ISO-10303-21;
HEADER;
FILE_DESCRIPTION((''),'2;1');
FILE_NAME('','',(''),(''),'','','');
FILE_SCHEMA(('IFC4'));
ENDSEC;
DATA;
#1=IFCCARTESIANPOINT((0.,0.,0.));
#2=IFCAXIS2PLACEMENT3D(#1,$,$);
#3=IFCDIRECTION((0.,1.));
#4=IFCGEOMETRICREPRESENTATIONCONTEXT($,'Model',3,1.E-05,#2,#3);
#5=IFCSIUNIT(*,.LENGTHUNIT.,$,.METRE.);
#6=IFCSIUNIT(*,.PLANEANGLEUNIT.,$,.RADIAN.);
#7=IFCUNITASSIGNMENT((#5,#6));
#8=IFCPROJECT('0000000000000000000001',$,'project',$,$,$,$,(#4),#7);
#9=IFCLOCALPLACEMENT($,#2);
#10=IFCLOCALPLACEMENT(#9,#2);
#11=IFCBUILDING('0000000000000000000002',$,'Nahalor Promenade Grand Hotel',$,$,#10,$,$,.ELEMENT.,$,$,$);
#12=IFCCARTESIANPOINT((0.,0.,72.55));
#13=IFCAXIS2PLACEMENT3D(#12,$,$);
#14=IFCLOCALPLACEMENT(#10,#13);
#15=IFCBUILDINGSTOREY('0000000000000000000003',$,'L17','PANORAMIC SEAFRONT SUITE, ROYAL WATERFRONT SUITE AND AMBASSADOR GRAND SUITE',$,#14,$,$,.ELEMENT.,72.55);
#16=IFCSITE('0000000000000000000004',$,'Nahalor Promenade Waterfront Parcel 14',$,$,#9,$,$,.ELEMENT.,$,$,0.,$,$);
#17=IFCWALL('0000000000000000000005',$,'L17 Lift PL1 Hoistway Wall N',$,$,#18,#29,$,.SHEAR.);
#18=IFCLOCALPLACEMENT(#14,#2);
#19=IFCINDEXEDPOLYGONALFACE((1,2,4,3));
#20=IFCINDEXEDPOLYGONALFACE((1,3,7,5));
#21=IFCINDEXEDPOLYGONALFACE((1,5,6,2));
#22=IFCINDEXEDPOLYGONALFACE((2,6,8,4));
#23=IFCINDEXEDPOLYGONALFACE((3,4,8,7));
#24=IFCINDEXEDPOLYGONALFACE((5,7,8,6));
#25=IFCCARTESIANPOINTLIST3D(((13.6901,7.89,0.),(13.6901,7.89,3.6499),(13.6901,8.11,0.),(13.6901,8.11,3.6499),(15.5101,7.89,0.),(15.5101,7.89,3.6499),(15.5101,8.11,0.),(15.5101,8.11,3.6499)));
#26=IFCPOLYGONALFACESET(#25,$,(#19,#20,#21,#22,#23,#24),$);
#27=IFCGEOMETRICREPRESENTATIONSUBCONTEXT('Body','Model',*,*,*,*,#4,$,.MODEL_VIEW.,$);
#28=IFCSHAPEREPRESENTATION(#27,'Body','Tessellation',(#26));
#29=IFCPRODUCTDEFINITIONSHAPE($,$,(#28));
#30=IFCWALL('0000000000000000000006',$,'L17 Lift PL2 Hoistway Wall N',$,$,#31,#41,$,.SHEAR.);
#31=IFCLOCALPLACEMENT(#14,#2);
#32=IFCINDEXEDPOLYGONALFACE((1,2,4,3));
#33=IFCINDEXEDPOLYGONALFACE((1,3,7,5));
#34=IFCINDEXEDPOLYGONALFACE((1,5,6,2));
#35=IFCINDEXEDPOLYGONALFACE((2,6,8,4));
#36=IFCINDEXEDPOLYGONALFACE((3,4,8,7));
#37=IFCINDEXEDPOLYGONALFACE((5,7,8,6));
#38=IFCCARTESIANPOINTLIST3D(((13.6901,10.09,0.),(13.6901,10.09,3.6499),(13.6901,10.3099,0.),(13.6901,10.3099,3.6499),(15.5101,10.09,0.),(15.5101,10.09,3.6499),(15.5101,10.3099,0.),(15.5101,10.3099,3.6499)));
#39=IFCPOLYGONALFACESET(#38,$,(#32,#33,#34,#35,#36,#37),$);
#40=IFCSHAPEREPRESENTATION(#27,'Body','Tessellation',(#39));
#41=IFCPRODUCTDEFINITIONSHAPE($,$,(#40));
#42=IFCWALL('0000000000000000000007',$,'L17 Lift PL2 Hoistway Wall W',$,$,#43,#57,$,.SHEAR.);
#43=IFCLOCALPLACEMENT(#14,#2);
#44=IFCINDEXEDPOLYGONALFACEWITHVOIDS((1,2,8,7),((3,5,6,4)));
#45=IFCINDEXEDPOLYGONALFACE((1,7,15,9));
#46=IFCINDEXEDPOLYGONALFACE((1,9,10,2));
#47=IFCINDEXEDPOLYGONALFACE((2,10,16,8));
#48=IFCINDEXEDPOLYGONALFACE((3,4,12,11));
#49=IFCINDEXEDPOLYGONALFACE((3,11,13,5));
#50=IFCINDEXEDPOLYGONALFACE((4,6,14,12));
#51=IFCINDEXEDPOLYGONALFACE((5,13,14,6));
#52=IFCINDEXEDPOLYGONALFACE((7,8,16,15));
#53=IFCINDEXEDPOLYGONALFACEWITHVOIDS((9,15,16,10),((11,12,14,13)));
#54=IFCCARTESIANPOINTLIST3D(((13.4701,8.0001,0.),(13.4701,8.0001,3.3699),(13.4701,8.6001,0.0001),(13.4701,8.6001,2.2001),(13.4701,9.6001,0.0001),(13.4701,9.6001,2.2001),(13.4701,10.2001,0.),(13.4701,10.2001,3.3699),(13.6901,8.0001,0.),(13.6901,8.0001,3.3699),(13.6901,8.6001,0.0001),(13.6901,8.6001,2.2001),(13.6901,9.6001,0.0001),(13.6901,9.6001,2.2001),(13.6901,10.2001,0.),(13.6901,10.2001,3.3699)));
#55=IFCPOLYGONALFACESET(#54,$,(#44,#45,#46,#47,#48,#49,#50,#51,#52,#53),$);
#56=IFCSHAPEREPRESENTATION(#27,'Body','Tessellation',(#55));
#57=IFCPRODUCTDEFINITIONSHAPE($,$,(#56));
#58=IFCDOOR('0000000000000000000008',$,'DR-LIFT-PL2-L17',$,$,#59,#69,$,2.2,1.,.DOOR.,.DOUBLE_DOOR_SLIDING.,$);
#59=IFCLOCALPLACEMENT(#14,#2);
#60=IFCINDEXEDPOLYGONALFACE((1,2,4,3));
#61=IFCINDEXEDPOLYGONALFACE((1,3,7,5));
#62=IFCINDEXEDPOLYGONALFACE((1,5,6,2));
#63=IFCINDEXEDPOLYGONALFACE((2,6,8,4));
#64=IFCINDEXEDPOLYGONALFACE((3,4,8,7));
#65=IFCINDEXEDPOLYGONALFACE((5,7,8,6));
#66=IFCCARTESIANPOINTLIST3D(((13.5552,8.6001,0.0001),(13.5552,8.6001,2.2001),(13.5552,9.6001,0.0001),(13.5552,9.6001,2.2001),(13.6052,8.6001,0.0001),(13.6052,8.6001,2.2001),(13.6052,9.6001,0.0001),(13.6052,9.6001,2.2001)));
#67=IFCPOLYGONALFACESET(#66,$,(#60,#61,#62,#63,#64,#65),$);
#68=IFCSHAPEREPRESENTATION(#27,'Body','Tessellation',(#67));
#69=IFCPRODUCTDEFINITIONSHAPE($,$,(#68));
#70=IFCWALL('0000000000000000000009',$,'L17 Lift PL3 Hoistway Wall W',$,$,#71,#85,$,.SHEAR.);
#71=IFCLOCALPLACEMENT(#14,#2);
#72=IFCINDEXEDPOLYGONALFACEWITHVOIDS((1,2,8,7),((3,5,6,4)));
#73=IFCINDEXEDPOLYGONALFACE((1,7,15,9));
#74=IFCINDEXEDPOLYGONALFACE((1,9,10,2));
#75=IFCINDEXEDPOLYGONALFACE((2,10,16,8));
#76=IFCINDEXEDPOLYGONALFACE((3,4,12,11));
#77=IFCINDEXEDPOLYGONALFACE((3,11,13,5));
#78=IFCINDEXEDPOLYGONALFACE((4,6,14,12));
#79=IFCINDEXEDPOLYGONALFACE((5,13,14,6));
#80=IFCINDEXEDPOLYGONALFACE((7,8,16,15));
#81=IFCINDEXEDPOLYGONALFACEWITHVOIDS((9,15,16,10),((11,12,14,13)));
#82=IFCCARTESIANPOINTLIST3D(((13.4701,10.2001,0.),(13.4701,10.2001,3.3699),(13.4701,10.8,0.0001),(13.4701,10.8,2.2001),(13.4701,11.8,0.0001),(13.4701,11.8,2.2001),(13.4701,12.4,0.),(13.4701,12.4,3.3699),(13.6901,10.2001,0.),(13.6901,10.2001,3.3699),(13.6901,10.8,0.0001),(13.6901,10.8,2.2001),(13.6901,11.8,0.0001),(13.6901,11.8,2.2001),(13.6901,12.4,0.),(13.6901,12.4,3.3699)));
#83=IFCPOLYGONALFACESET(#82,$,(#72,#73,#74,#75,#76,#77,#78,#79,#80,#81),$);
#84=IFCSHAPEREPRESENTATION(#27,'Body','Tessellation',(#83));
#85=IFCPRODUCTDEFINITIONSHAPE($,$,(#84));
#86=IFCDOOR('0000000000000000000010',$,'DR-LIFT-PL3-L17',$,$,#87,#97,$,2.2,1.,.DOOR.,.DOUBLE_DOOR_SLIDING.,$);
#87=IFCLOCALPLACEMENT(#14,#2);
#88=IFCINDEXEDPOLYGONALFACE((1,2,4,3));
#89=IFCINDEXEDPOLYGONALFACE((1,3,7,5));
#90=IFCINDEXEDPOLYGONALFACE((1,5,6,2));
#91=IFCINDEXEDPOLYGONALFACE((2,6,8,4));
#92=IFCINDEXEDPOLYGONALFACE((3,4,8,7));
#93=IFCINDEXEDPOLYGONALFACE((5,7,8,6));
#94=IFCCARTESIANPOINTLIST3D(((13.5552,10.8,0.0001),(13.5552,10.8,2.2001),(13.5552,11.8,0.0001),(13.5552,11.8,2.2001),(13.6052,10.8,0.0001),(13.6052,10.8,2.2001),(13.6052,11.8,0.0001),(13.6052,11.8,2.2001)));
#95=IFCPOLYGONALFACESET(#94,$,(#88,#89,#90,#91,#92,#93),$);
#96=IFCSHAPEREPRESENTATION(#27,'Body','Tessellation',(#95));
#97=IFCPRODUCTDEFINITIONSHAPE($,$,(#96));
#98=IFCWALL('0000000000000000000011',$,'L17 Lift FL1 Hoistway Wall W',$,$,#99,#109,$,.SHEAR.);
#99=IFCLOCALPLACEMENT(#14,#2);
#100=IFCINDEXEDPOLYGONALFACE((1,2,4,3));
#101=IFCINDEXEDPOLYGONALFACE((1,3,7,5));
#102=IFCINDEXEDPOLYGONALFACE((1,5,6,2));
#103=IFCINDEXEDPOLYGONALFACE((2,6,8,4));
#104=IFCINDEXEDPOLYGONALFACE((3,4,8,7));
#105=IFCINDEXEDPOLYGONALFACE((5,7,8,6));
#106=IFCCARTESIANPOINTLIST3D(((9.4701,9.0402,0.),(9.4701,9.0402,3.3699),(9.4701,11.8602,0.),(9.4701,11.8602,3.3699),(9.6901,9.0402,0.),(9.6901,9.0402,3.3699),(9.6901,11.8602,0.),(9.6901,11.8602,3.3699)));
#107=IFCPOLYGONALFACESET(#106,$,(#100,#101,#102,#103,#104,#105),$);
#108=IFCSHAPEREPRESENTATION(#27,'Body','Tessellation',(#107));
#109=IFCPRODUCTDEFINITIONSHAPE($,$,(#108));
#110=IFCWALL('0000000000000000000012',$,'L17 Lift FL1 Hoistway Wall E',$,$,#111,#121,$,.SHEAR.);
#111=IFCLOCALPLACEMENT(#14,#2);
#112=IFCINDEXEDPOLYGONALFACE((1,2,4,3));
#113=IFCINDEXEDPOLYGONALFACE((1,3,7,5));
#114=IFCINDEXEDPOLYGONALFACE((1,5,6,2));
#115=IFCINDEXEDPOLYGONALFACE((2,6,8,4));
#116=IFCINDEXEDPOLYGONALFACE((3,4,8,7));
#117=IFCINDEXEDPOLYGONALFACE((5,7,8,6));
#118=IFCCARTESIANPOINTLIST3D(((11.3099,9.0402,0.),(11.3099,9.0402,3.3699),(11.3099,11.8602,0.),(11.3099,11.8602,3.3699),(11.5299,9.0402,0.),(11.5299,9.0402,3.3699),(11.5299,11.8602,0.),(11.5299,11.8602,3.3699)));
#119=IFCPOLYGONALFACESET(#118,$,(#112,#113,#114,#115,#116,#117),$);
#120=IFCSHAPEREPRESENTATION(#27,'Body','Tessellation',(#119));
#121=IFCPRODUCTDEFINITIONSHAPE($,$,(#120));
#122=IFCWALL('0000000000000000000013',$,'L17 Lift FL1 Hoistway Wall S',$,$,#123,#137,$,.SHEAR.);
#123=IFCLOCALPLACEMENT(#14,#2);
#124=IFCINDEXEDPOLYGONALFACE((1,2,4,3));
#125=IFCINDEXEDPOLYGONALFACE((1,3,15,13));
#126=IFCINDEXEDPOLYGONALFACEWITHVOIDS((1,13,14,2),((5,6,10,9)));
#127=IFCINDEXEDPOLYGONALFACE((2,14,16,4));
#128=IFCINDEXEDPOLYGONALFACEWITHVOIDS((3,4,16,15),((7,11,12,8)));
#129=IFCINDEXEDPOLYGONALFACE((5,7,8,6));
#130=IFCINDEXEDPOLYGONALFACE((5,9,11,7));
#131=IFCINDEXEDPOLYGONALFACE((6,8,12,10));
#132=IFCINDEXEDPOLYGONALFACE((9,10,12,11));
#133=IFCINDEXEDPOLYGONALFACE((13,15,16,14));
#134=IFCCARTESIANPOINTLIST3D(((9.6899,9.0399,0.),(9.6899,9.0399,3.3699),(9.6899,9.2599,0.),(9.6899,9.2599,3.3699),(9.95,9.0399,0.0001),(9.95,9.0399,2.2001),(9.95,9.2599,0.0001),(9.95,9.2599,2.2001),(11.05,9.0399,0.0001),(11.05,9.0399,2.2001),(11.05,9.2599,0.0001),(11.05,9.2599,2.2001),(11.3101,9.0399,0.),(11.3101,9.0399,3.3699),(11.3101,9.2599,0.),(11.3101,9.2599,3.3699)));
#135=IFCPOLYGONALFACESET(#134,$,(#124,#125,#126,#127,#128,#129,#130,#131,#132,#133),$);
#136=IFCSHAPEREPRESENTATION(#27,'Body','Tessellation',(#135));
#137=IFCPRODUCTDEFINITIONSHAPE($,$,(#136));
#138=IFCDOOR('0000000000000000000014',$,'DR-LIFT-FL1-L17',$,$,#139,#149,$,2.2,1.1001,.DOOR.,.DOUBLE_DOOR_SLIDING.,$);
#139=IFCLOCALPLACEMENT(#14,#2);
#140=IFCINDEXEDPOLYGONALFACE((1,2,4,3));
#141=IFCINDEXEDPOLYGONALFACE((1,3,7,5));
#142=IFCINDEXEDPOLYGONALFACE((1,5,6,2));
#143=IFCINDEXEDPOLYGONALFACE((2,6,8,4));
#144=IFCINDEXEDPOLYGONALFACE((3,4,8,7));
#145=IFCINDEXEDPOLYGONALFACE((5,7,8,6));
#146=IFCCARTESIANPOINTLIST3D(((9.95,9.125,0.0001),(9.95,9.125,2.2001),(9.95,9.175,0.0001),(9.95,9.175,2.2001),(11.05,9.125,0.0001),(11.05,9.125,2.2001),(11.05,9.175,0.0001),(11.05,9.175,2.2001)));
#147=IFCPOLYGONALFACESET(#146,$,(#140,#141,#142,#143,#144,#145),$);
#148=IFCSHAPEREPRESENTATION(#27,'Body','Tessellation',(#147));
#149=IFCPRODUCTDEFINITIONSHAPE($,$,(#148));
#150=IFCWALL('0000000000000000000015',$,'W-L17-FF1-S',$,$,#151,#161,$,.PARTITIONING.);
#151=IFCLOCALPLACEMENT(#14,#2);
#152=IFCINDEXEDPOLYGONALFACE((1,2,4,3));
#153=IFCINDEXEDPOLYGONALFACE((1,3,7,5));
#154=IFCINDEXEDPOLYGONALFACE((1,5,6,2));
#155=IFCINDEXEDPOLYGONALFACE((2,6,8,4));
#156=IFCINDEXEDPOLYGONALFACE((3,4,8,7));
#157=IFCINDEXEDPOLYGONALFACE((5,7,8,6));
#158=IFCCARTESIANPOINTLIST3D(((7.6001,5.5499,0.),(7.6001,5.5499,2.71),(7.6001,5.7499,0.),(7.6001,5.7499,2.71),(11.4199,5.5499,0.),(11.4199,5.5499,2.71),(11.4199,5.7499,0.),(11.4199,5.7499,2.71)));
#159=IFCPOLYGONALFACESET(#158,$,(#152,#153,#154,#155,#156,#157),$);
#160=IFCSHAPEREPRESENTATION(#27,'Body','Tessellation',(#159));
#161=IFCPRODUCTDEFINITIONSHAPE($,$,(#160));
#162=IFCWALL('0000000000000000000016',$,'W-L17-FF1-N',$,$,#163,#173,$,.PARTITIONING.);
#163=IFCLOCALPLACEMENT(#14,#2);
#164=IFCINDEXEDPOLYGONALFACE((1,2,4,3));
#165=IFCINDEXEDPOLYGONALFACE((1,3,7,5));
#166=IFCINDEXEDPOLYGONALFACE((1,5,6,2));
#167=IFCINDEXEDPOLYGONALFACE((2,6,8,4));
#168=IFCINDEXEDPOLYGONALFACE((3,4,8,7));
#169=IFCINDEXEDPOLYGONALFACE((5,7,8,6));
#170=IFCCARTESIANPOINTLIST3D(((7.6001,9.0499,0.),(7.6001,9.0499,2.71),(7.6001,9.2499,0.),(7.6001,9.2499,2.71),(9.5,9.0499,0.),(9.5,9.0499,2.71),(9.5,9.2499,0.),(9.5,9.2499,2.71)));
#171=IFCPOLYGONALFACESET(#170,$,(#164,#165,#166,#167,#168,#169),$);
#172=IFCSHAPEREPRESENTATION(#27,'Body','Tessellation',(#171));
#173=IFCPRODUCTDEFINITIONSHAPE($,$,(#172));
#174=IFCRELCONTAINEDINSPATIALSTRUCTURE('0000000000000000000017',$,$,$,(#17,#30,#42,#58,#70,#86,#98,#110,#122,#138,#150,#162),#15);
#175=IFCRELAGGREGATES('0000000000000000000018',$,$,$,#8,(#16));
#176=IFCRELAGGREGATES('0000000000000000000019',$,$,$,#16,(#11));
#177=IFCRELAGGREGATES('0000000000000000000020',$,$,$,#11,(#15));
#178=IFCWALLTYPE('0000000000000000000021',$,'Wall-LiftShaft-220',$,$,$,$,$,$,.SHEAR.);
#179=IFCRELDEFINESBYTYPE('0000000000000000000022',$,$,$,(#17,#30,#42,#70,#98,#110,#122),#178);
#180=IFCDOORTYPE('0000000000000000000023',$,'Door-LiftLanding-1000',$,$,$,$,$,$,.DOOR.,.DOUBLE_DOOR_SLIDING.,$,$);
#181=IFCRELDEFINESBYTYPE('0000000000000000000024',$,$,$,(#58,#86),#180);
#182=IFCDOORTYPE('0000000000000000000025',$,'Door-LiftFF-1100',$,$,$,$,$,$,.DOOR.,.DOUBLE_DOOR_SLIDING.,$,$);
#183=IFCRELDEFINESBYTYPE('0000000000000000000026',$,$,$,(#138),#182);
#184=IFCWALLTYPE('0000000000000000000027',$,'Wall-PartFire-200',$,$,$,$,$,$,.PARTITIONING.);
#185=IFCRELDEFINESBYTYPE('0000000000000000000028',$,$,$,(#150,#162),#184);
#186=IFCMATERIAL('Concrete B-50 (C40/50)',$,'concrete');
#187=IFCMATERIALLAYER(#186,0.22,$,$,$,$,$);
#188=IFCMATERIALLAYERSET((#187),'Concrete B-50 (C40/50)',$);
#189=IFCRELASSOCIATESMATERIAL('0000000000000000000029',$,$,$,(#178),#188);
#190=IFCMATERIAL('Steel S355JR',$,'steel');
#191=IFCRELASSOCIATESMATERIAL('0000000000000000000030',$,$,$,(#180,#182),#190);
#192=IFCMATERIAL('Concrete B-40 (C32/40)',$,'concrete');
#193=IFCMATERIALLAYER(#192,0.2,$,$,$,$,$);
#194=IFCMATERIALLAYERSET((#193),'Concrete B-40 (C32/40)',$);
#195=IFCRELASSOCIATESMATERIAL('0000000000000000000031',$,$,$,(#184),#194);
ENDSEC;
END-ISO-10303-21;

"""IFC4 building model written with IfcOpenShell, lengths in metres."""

from ifc_helpers import new_model, si_unit, direction, frame, frame_2d, origin, place, context, subcontext, project, spatial, rectangle, extrude, source, transform, mapped, material, layer, layer_set, type_object, element, fill, save


model = new_model("IFC4")

# Units and contexts
model_context = context("Model", 3, precision=1e-05, world=origin(), true_north=direction((0.0, 1.0)))
body_context = subcontext(model_context, "Body", "Model", "MODEL_VIEW")
ifc_project = project(units=[si_unit("LENGTHUNIT", "METRE"), si_unit("PLANEANGLEUNIT", "RADIAN")], contexts=[model_context])

# Site, building, storey
site_placement = place(None, origin())
site = spatial("IfcSite", under=ifc_project, at=site_placement, Name="Nahalor Promenade Waterfront Parcel 14", CompositionType="ELEMENT", RefElevation=0.0)
building_placement = place(site_placement, origin())
building = spatial("IfcBuilding", under=site, at=building_placement, Name="Nahalor Promenade Grand Hotel", CompositionType="ELEMENT")
storey_placement = place(building_placement, frame((0.0, 0.0, 72.55)))
storey = spatial("IfcBuildingStorey", under=building, at=storey_placement, Name="L17", Description="PANORAMIC SEAFRONT SUITE, ROYAL WATERFRONT SUITE AND AMBASSADOR GRAND SUITE", CompositionType="ELEMENT", Elevation=72.55)

# Shared definitions
ifc_material_1 = material(Name="Steel S355JR", Category="steel")

# Shared definitions
ifc_material_2 = material(Name="Concrete B-50 (C40/50)", Category="concrete")
ifc_layer_1 = layer(ifc_material_2, 0.22)
ifc_layer_set_1 = layer_set([ifc_layer_1], Name="Concrete B-50 (C40/50)")
wall_type_1 = type_object("IfcWallType", Name="Wall-LiftShaft-220", PredefinedType="SHEAR", material=ifc_layer_set_1)
door_type_1 = type_object("IfcDoorType", Name="Door-LiftLanding-1000", OperationType="DOUBLE_DOOR_SLIDING", PredefinedType="DOOR", material=ifc_material_1)
shared_shape_1 = source(origin(), body_context, "Body", "SweptSolid", [
    extrude(rectangle(XDim=1.0, YDim=2.2, at=frame_2d((0.5, 1.1001))), frame((0.0, 0.0249, 0.0), z_axis=(0.0, -1.0, 0.0), x_axis=(1.0, 0.0, 0.0)), (0.0, 0.0, 1.0), 0.05),
])

# Walls
shared_shape_2 = source(origin(), body_context, "Body", "SweptSolid", [
    extrude(rectangle(XDim=1.8201, YDim=0.22, at=frame_2d((0.9102, 0.0))), origin(), (0.0, 0.0, 1.0), 3.6499),
])
for number, where, z_axis, x_axis, name in (
    (1, (13.6899, 8.0, 0.0), (0.0, 0.0, 1.0), (1.0, 0.0, 0.0), "L17 Lift PL1 Hoistway Wall N"),
    (2, (13.6899, 10.2, 0.0), (0.0, 0.0, 1.0), (1.0, 0.0, 0.0), "L17 Lift PL2 Hoistway Wall N"),
):
    element("IfcWall", number, at=place(storey_placement, frame(where, z_axis=z_axis, x_axis=x_axis)), inside=storey, type_object=wall_type_1, Name=name, PredefinedType="SHEAR", context=body_context, shape_type="MappedRepresentation", body=[
        mapped(shared_shape_2, transform((0.0, 0.0, 0.0), scale=1.0)),
    ])

# Walls, openings, doors
shared_shape_3 = source(origin(), body_context, "Body", "SweptSolid", [
    extrude(rectangle(XDim=2.2, YDim=0.22, at=frame_2d((1.1001, 0.0))), origin(), (0.0, 0.0, 1.0), 3.3699),
])
wall_1_placement = place(storey_placement, frame((13.5801, 8.0, 0.0), z_axis=(0.0, 0.0, 1.0), x_axis=(0.0, 1.0, 0.0)))
wall_1 = element("IfcWall", 3, at=wall_1_placement, inside=storey, type_object=wall_type_1, Name="L17 Lift PL2 Hoistway Wall W", PredefinedType="SHEAR", context=body_context, shape_type="MappedRepresentation", body=[
    mapped(shared_shape_3, transform((0.0, 0.0, 0.0), scale=1.0)),
])
opening_1_placement = place(wall_1_placement, frame((0.6001, 0.0, 0.0)))
opening_1 = element("IfcOpeningElement", 4, at=opening_1_placement, cuts=wall_1, PredefinedType="OPENING", context=body_context, shape_type="SweptSolid", body=[
    extrude(rectangle(XDim=1.0, YDim=2.2, at=frame_2d((0.5, 1.1001))), frame((0.0, 0.1199, 0.0), z_axis=(0.0, -1.0, 0.0), x_axis=(1.0, 0.0, 0.0)), (0.0, 0.0, 1.0), 0.24),
])
door_1_placement = place(opening_1_placement, origin())
door_1 = element("IfcDoor", 5, at=door_1_placement, inside=storey, type_object=door_type_1, Name="DR-LIFT-PL2-L17", OperationType="DOUBLE_DOOR_SLIDING", OverallHeight=2.2, OverallWidth=1.0, PredefinedType="DOOR", context=body_context, shape_type="MappedRepresentation", body=[
    mapped(shared_shape_1, transform((0.0, 0.0, 0.0), scale=1.0)),
])
fill(opening_1, door_1)
wall_2_placement = place(storey_placement, frame((13.5801, 10.2, 0.0), z_axis=(0.0, 0.0, 1.0), x_axis=(0.0, 1.0, 0.0)))
wall_2 = element("IfcWall", 6, at=wall_2_placement, inside=storey, type_object=wall_type_1, Name="L17 Lift PL3 Hoistway Wall W", PredefinedType="SHEAR", context=body_context, shape_type="MappedRepresentation", body=[
    mapped(shared_shape_3, transform((0.0, 0.0, 0.0), scale=1.0)),
])
opening_2_placement = place(wall_2_placement, frame((0.6001, 0.0, 0.0)))
opening_2 = element("IfcOpeningElement", 7, at=opening_2_placement, cuts=wall_2, PredefinedType="OPENING", context=body_context, shape_type="SweptSolid", body=[
    extrude(rectangle(XDim=1.0, YDim=2.2, at=frame_2d((0.5, 1.1001))), frame((0.0, 0.1199, 0.0), z_axis=(0.0, -1.0, 0.0), x_axis=(1.0, 0.0, 0.0)), (0.0, 0.0, 1.0), 0.24),
])
door_2_placement = place(opening_2_placement, origin())
door_2 = element("IfcDoor", 8, at=door_2_placement, inside=storey, type_object=door_type_1, Name="DR-LIFT-PL3-L17", OperationType="DOUBLE_DOOR_SLIDING", OverallHeight=2.2, OverallWidth=1.0, PredefinedType="DOOR", context=body_context, shape_type="MappedRepresentation", body=[
    mapped(shared_shape_1, transform((0.0, 0.0, 0.0), scale=1.0)),
])
fill(opening_2, door_2)

# Walls
shared_shape_4 = source(origin(), body_context, "Body", "SweptSolid", [
    extrude(rectangle(XDim=2.8201, YDim=0.22, at=frame_2d((1.4102, 0.0))), origin(), (0.0, 0.0, 1.0), 3.3699),
])
for number, where, z_axis, x_axis, name in (
    (9, (9.5801, 9.04, 0.0), (0.0, 0.0, 1.0), (0.0, 1.0, 0.0), "L17 Lift FL1 Hoistway Wall W"),
    (10, (11.4199, 9.04, 0.0), (0.0, 0.0, 1.0), (0.0, 1.0, 0.0), "L17 Lift FL1 Hoistway Wall E"),
):
    element("IfcWall", number, at=place(storey_placement, frame(where, z_axis=z_axis, x_axis=x_axis)), inside=storey, type_object=wall_type_1, Name=name, PredefinedType="SHEAR", context=body_context, shape_type="MappedRepresentation", body=[
        mapped(shared_shape_4, transform((0.0, 0.0, 0.0), scale=1.0)),
    ])

# Wall, opening, door
shared_shape_5 = source(origin(), body_context, "Body", "SweptSolid", [
    extrude(rectangle(XDim=1.6201, YDim=0.22, at=frame_2d((0.8101, 0.0))), origin(), (0.0, 0.0, 1.0), 3.3699),
])
wall_3_placement = place(storey_placement, frame((9.6899, 9.1499, 0.0), z_axis=(0.0, 0.0, 1.0), x_axis=(1.0, 0.0, 0.0)))
wall_3 = element("IfcWall", 11, at=wall_3_placement, inside=storey, type_object=wall_type_1, Name="L17 Lift FL1 Hoistway Wall S", PredefinedType="SHEAR", context=body_context, shape_type="MappedRepresentation", body=[
    mapped(shared_shape_5, transform((0.0, 0.0, 0.0), scale=1.0)),
])
opening_3_placement = place(wall_3_placement, frame((0.26, 0.0, 0.0)))
opening_3 = element("IfcOpeningElement", 12, at=opening_3_placement, cuts=wall_3, PredefinedType="OPENING", context=body_context, shape_type="SweptSolid", body=[
    extrude(rectangle(XDim=1.1001, YDim=2.2, at=frame_2d((0.55, 1.1001))), frame((0.0, 0.1199, 0.0), z_axis=(0.0, -1.0, 0.0), x_axis=(1.0, 0.0, 0.0)), (0.0, 0.0, 1.0), 0.24),
])
door_type_2 = type_object("IfcDoorType", Name="Door-LiftFF-1100", OperationType="DOUBLE_DOOR_SLIDING", PredefinedType="DOOR", material=ifc_material_1)
shared_shape_6 = source(origin(), body_context, "Body", "SweptSolid", [
    extrude(rectangle(XDim=1.1001, YDim=2.2, at=frame_2d((0.55, 1.1001))), frame((0.0, 0.0249, 0.0), z_axis=(0.0, -1.0, 0.0), x_axis=(1.0, 0.0, 0.0)), (0.0, 0.0, 1.0), 0.05),
])
door_3_placement = place(opening_3_placement, frame((1.1001, 0.0, 0.0), z_axis=(0.0, 0.0, 1.0), x_axis=(-1.0, 0.0, 0.0)))
door_3 = element("IfcDoor", 13, at=door_3_placement, inside=storey, type_object=door_type_2, Name="DR-LIFT-FL1-L17", OperationType="DOUBLE_DOOR_SLIDING", OverallHeight=2.2, OverallWidth=1.1001, PredefinedType="DOOR", context=body_context, shape_type="MappedRepresentation", body=[
    mapped(shared_shape_6, transform((0.0, 0.0, 0.0), scale=1.0)),
])
fill(opening_3, door_3)

# Walls
ifc_material_3 = material(Name="Concrete B-40 (C32/40)", Category="concrete")
ifc_layer_2 = layer(ifc_material_3, 0.2)
ifc_layer_set_2 = layer_set([ifc_layer_2], Name="Concrete B-40 (C32/40)")
wall_type_2 = type_object("IfcWallType", Name="Wall-PartFire-200", PredefinedType="PARTITIONING", material=ifc_layer_set_2)
shared_shape_7 = source(origin(), body_context, "Body", "SweptSolid", [
    extrude(rectangle(XDim=3.8198, YDim=0.2, at=frame_2d((1.9099, 0.0))), origin(), (0.0, 0.0, 1.0), 2.71),
])
wall_4_placement = place(storey_placement, frame((7.6001, 5.6499, 0.0), z_axis=(0.0, 0.0, 1.0), x_axis=(1.0, 0.0, 0.0)))
element("IfcWall", 14, at=wall_4_placement, inside=storey, type_object=wall_type_2, Name="W-L17-FF1-S", PredefinedType="PARTITIONING", context=body_context, shape_type="MappedRepresentation", body=[
    mapped(shared_shape_7, transform((0.0, 0.0, 0.0), scale=1.0)),
])
shared_shape_8 = source(origin(), body_context, "Body", "SweptSolid", [
    extrude(rectangle(XDim=1.8999, YDim=0.2, at=frame_2d((0.95, 0.0))), origin(), (0.0, 0.0, 1.0), 2.71),
])
wall_5_placement = place(storey_placement, frame((7.6001, 9.1499, 0.0), z_axis=(0.0, 0.0, 1.0), x_axis=(1.0, 0.0, 0.0)))
element("IfcWall", 15, at=wall_5_placement, inside=storey, type_object=wall_type_2, Name="W-L17-FF1-N", PredefinedType="PARTITIONING", context=body_context, shape_type="MappedRepresentation", body=[
    mapped(shared_shape_8, transform((0.0, 0.0, 0.0), scale=1.0)),
])

save(model, "model.ifc")
